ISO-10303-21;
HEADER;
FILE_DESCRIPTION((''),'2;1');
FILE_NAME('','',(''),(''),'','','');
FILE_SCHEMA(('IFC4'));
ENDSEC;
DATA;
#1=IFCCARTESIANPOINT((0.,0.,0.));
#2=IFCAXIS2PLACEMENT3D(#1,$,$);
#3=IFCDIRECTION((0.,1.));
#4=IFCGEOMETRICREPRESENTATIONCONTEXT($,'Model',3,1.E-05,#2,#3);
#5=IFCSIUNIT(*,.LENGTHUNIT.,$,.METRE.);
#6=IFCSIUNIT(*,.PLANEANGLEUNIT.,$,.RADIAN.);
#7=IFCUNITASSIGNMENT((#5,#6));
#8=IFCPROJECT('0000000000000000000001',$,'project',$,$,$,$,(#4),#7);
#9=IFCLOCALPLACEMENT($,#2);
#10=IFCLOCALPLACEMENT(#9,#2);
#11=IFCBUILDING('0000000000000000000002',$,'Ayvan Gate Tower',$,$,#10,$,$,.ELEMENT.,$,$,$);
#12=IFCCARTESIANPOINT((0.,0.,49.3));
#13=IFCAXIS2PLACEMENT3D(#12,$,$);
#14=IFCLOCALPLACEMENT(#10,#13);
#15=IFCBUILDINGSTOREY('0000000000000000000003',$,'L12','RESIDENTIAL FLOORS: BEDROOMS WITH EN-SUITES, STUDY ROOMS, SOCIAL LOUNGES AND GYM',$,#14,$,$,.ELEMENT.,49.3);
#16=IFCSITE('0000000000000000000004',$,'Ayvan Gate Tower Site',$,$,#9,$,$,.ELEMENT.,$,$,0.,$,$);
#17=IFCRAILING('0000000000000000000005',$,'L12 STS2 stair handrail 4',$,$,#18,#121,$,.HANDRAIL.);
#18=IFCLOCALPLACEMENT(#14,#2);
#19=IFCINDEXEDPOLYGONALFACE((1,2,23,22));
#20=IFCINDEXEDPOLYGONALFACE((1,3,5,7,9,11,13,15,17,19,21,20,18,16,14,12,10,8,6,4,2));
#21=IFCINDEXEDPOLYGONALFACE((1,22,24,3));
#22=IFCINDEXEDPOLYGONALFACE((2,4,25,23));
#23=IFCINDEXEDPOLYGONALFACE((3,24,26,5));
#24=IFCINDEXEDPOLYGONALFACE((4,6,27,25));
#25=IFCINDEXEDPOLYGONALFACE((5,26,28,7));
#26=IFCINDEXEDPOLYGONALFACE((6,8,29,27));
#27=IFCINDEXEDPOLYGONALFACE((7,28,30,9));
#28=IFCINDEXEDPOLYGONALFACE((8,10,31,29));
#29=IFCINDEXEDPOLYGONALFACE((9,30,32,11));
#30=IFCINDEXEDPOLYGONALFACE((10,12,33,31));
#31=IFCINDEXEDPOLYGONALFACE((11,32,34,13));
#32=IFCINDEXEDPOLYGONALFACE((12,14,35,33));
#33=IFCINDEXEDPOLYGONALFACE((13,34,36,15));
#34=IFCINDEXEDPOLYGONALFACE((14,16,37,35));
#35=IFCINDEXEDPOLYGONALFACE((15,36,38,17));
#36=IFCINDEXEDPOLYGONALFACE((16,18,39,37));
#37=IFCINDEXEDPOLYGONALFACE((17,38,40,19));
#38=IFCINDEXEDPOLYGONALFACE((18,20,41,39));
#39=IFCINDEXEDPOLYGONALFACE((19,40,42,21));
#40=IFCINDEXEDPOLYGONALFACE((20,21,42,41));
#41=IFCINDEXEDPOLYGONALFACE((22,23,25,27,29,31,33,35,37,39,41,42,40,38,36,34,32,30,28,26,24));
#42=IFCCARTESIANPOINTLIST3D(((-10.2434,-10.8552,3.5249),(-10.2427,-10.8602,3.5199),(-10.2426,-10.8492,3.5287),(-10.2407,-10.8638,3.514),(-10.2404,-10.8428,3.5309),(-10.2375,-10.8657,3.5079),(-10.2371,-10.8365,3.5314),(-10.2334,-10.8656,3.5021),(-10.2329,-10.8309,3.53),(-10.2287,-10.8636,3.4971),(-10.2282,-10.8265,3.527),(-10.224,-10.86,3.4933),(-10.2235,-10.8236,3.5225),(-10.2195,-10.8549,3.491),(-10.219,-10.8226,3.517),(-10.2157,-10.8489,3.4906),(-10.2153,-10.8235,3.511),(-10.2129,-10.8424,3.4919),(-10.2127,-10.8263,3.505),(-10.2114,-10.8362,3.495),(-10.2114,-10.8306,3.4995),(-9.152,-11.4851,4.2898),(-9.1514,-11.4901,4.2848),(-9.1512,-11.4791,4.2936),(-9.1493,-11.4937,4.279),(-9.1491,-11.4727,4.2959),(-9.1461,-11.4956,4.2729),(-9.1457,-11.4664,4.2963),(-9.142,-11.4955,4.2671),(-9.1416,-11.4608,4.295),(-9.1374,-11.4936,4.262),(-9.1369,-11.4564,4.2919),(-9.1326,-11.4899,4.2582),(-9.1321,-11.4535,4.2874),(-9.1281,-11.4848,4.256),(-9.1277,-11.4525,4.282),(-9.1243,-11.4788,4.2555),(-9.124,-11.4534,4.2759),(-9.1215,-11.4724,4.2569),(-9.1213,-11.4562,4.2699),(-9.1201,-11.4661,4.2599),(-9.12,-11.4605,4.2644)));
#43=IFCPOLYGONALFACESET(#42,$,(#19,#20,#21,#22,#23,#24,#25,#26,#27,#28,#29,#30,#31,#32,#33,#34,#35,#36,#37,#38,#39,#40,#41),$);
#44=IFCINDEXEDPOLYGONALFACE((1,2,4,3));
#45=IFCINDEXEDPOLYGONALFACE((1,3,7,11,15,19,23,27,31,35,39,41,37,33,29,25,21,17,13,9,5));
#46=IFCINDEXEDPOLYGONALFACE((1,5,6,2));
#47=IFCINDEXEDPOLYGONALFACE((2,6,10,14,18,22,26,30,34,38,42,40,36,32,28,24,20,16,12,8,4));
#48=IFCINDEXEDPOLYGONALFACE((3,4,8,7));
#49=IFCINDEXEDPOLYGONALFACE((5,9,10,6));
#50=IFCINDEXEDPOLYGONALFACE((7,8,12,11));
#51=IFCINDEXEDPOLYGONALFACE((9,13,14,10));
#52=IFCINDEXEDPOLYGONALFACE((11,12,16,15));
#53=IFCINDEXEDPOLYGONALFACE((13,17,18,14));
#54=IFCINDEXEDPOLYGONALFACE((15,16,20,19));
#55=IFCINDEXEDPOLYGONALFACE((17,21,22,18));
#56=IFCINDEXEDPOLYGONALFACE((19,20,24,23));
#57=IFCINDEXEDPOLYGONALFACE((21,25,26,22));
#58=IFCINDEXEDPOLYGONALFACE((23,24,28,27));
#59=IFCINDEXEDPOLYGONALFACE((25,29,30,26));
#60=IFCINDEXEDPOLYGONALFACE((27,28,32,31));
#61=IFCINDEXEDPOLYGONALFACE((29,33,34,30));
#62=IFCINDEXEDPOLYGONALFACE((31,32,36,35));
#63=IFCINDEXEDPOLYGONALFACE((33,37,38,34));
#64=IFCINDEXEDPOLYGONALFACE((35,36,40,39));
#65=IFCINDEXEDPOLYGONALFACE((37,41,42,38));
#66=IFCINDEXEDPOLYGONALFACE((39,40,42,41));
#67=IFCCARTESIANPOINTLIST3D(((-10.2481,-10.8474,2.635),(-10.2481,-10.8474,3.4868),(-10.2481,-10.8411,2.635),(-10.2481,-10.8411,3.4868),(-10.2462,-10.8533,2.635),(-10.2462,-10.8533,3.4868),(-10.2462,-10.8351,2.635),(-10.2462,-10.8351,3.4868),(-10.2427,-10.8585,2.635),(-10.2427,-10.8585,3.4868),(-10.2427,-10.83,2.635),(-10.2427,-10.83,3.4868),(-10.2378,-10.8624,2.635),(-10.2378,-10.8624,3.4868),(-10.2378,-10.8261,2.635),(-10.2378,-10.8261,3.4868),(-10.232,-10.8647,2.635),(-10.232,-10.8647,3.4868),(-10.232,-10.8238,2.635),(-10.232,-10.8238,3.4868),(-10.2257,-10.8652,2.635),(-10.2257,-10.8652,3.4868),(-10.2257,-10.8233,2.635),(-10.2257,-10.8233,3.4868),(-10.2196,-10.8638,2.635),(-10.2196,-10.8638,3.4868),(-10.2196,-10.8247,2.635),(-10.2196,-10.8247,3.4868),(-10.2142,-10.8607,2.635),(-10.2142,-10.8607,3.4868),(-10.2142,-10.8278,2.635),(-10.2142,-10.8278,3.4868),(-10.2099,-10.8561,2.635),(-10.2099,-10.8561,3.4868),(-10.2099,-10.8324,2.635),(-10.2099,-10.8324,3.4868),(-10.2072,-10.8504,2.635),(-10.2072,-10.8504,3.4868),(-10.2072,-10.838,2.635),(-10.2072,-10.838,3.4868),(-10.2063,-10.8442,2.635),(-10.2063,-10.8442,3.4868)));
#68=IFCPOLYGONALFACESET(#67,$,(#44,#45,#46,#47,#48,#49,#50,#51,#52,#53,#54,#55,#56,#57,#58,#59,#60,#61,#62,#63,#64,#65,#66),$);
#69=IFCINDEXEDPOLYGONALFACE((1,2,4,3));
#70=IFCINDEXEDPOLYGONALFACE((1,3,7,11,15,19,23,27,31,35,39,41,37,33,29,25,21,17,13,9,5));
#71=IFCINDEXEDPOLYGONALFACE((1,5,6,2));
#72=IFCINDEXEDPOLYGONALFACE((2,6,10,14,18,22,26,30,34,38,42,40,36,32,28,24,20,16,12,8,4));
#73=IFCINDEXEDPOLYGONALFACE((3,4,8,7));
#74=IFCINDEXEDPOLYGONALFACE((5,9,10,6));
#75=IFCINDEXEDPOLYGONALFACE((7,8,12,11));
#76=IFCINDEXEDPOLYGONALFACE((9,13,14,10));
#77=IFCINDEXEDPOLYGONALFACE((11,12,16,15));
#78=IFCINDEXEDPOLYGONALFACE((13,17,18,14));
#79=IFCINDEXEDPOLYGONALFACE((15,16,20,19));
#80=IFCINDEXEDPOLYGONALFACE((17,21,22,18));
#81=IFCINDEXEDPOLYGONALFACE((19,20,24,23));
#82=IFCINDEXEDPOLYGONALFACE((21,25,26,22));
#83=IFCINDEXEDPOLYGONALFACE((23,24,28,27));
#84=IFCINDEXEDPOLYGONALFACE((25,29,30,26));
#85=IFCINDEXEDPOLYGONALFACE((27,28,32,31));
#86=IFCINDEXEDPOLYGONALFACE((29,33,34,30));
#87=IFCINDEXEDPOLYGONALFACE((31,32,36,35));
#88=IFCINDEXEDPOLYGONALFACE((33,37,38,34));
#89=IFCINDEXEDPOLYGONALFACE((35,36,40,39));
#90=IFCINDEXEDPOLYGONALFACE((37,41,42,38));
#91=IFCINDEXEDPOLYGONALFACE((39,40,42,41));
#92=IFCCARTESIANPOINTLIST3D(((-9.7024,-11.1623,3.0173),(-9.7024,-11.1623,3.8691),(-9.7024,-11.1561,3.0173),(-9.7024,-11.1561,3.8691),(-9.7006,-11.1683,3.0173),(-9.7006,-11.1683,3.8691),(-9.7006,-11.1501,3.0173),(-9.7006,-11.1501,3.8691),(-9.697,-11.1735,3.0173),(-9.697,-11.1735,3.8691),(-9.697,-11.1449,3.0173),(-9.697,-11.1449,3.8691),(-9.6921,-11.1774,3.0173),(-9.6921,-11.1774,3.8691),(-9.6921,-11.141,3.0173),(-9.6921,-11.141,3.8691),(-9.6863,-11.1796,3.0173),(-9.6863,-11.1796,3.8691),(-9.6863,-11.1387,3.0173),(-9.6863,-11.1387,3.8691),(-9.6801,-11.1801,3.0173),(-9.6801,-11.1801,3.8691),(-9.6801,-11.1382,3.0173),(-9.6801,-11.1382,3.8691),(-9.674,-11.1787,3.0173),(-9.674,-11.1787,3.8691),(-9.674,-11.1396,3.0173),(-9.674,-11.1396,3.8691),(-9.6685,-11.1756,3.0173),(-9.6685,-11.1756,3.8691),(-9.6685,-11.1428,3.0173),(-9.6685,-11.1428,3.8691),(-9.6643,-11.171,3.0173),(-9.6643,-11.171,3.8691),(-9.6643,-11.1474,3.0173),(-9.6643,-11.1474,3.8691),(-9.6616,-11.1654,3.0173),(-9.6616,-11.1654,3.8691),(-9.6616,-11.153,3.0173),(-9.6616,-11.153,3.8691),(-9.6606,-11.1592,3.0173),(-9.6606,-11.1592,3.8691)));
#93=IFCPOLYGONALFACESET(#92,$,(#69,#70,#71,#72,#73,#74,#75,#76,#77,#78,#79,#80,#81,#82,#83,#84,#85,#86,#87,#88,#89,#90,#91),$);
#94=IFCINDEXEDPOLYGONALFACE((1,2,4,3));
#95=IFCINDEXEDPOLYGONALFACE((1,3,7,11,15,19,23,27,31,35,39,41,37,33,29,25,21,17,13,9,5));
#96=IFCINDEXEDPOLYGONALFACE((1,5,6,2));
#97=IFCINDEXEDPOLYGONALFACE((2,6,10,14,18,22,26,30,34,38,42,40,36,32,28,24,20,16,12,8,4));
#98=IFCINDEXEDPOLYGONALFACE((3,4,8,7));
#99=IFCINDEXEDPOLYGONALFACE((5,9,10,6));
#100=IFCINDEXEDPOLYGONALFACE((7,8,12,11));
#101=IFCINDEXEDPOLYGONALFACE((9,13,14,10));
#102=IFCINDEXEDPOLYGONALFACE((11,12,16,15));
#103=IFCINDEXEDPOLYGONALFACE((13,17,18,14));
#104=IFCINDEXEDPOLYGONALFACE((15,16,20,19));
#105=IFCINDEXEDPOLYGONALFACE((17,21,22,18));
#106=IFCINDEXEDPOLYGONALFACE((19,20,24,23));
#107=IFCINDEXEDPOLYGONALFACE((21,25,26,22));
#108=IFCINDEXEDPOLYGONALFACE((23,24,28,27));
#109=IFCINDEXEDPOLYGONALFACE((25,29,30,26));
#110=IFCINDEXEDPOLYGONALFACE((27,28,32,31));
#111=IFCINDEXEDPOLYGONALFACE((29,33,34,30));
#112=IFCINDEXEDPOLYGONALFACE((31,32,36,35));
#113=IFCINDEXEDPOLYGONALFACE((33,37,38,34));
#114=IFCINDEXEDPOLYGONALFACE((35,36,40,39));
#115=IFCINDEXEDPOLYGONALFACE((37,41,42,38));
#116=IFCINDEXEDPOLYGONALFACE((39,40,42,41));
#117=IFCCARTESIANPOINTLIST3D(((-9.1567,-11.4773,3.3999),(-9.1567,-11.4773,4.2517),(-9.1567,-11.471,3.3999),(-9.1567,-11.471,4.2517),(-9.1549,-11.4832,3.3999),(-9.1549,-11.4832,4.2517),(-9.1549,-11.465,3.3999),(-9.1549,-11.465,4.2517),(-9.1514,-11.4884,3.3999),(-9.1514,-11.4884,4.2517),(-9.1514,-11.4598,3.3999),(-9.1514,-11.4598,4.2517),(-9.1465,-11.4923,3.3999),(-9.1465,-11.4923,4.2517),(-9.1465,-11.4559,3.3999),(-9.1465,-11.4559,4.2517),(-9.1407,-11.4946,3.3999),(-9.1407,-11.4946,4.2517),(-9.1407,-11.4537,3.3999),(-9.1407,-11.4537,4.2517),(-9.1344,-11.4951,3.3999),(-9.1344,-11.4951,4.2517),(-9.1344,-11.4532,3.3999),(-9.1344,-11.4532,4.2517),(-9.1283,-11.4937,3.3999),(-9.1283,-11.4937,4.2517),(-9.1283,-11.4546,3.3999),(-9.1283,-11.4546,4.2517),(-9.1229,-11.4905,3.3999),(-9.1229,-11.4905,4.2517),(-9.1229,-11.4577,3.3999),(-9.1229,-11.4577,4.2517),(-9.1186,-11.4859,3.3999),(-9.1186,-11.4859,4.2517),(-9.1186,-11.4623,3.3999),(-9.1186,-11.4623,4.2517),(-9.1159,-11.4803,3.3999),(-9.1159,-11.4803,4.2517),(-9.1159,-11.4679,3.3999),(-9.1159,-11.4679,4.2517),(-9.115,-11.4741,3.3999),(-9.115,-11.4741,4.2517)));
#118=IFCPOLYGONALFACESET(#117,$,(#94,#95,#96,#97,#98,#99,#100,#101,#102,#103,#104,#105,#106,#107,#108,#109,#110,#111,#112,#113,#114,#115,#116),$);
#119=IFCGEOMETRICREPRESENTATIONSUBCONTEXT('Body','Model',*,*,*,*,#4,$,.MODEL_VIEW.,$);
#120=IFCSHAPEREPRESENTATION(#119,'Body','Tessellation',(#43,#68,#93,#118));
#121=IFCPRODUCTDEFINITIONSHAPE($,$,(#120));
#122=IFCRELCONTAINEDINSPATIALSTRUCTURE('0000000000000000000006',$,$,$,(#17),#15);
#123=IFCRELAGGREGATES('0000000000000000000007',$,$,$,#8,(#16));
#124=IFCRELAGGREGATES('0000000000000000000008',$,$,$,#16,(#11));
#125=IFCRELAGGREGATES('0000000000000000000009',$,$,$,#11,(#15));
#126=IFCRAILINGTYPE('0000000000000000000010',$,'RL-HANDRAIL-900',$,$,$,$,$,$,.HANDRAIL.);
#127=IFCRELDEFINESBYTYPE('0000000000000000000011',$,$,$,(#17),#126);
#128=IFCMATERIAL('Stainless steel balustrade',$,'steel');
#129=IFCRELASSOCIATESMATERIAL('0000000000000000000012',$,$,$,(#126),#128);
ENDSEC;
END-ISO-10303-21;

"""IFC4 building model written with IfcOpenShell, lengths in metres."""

from ifc_helpers import new_model, si_unit, direction, frame, origin, origin_2d, place, context, subcontext, project, spatial, circle, extrude, material, type_object, element, save


model = new_model("IFC4")

# Units and contexts
model_context = context("Model", 3, precision=1e-05, world=origin(), true_north=direction((0.0, 1.0)))
body_context = subcontext(model_context, "Body", "Model", "MODEL_VIEW")
ifc_project = project(units=[si_unit("LENGTHUNIT", "METRE"), si_unit("PLANEANGLEUNIT", "RADIAN")], contexts=[model_context])

# Site, building, storey
site_placement = place(None, origin())
site = spatial("IfcSite", under=ifc_project, at=site_placement, Name="Ayvan Gate Tower Site", CompositionType="ELEMENT", RefElevation=0.0)
building_placement = place(site_placement, origin())
building = spatial("IfcBuilding", under=site, at=building_placement, Name="Ayvan Gate Tower", CompositionType="ELEMENT")
storey_placement = place(building_placement, frame((0.0, 0.0, 49.3)))
storey = spatial("IfcBuildingStorey", under=building, at=storey_placement, Name="L12", Description="RESIDENTIAL FLOORS: BEDROOMS WITH EN-SUITES, STUDY ROOMS, SOCIAL LOUNGES AND GYM", CompositionType="ELEMENT", Elevation=49.3)

# Railing
ifc_material_1 = material(Name="Stainless steel balustrade", Category="steel")
railing_type_1 = type_object("IfcRailingType", Name="RL-HANDRAIL-900", PredefinedType="HANDRAIL", material=ifc_material_1)
railing_1_placement = place(storey_placement, frame((-10.2273, -10.8442, 2.635)))
element("IfcRailing", 1, at=railing_1_placement, inside=storey, type_object=railing_type_1, Name="L12 STS2 stair handrail 4", PredefinedType="HANDRAIL", context=body_context, shape_type="SweptSolid", body=[
    extrude(circle(Radius=0.0239, at=origin_2d()), frame((0.0, 0.0, 0.876), z_axis=(0.740357, -0.42732, 0.518912), x_axis=(0.49989, 0.866089, 0.0)), (0.0, 0.0, 1.0), 1.4741),
    extrude(circle(Radius=0.021, at=origin_2d()), origin(), (0.0, 0.0, 1.0), 0.8518),
    extrude(circle(Radius=0.021, at=origin_2d()), frame((0.5457, -0.3149, 0.3823)), (0.0, 0.0, 1.0), 0.8518),
    extrude(circle(Radius=0.021, at=origin_2d()), frame((1.0913, -0.6299, 0.7649)), (0.0, 0.0, 1.0), 0.8518),
])

save(model, "model.ifc")
